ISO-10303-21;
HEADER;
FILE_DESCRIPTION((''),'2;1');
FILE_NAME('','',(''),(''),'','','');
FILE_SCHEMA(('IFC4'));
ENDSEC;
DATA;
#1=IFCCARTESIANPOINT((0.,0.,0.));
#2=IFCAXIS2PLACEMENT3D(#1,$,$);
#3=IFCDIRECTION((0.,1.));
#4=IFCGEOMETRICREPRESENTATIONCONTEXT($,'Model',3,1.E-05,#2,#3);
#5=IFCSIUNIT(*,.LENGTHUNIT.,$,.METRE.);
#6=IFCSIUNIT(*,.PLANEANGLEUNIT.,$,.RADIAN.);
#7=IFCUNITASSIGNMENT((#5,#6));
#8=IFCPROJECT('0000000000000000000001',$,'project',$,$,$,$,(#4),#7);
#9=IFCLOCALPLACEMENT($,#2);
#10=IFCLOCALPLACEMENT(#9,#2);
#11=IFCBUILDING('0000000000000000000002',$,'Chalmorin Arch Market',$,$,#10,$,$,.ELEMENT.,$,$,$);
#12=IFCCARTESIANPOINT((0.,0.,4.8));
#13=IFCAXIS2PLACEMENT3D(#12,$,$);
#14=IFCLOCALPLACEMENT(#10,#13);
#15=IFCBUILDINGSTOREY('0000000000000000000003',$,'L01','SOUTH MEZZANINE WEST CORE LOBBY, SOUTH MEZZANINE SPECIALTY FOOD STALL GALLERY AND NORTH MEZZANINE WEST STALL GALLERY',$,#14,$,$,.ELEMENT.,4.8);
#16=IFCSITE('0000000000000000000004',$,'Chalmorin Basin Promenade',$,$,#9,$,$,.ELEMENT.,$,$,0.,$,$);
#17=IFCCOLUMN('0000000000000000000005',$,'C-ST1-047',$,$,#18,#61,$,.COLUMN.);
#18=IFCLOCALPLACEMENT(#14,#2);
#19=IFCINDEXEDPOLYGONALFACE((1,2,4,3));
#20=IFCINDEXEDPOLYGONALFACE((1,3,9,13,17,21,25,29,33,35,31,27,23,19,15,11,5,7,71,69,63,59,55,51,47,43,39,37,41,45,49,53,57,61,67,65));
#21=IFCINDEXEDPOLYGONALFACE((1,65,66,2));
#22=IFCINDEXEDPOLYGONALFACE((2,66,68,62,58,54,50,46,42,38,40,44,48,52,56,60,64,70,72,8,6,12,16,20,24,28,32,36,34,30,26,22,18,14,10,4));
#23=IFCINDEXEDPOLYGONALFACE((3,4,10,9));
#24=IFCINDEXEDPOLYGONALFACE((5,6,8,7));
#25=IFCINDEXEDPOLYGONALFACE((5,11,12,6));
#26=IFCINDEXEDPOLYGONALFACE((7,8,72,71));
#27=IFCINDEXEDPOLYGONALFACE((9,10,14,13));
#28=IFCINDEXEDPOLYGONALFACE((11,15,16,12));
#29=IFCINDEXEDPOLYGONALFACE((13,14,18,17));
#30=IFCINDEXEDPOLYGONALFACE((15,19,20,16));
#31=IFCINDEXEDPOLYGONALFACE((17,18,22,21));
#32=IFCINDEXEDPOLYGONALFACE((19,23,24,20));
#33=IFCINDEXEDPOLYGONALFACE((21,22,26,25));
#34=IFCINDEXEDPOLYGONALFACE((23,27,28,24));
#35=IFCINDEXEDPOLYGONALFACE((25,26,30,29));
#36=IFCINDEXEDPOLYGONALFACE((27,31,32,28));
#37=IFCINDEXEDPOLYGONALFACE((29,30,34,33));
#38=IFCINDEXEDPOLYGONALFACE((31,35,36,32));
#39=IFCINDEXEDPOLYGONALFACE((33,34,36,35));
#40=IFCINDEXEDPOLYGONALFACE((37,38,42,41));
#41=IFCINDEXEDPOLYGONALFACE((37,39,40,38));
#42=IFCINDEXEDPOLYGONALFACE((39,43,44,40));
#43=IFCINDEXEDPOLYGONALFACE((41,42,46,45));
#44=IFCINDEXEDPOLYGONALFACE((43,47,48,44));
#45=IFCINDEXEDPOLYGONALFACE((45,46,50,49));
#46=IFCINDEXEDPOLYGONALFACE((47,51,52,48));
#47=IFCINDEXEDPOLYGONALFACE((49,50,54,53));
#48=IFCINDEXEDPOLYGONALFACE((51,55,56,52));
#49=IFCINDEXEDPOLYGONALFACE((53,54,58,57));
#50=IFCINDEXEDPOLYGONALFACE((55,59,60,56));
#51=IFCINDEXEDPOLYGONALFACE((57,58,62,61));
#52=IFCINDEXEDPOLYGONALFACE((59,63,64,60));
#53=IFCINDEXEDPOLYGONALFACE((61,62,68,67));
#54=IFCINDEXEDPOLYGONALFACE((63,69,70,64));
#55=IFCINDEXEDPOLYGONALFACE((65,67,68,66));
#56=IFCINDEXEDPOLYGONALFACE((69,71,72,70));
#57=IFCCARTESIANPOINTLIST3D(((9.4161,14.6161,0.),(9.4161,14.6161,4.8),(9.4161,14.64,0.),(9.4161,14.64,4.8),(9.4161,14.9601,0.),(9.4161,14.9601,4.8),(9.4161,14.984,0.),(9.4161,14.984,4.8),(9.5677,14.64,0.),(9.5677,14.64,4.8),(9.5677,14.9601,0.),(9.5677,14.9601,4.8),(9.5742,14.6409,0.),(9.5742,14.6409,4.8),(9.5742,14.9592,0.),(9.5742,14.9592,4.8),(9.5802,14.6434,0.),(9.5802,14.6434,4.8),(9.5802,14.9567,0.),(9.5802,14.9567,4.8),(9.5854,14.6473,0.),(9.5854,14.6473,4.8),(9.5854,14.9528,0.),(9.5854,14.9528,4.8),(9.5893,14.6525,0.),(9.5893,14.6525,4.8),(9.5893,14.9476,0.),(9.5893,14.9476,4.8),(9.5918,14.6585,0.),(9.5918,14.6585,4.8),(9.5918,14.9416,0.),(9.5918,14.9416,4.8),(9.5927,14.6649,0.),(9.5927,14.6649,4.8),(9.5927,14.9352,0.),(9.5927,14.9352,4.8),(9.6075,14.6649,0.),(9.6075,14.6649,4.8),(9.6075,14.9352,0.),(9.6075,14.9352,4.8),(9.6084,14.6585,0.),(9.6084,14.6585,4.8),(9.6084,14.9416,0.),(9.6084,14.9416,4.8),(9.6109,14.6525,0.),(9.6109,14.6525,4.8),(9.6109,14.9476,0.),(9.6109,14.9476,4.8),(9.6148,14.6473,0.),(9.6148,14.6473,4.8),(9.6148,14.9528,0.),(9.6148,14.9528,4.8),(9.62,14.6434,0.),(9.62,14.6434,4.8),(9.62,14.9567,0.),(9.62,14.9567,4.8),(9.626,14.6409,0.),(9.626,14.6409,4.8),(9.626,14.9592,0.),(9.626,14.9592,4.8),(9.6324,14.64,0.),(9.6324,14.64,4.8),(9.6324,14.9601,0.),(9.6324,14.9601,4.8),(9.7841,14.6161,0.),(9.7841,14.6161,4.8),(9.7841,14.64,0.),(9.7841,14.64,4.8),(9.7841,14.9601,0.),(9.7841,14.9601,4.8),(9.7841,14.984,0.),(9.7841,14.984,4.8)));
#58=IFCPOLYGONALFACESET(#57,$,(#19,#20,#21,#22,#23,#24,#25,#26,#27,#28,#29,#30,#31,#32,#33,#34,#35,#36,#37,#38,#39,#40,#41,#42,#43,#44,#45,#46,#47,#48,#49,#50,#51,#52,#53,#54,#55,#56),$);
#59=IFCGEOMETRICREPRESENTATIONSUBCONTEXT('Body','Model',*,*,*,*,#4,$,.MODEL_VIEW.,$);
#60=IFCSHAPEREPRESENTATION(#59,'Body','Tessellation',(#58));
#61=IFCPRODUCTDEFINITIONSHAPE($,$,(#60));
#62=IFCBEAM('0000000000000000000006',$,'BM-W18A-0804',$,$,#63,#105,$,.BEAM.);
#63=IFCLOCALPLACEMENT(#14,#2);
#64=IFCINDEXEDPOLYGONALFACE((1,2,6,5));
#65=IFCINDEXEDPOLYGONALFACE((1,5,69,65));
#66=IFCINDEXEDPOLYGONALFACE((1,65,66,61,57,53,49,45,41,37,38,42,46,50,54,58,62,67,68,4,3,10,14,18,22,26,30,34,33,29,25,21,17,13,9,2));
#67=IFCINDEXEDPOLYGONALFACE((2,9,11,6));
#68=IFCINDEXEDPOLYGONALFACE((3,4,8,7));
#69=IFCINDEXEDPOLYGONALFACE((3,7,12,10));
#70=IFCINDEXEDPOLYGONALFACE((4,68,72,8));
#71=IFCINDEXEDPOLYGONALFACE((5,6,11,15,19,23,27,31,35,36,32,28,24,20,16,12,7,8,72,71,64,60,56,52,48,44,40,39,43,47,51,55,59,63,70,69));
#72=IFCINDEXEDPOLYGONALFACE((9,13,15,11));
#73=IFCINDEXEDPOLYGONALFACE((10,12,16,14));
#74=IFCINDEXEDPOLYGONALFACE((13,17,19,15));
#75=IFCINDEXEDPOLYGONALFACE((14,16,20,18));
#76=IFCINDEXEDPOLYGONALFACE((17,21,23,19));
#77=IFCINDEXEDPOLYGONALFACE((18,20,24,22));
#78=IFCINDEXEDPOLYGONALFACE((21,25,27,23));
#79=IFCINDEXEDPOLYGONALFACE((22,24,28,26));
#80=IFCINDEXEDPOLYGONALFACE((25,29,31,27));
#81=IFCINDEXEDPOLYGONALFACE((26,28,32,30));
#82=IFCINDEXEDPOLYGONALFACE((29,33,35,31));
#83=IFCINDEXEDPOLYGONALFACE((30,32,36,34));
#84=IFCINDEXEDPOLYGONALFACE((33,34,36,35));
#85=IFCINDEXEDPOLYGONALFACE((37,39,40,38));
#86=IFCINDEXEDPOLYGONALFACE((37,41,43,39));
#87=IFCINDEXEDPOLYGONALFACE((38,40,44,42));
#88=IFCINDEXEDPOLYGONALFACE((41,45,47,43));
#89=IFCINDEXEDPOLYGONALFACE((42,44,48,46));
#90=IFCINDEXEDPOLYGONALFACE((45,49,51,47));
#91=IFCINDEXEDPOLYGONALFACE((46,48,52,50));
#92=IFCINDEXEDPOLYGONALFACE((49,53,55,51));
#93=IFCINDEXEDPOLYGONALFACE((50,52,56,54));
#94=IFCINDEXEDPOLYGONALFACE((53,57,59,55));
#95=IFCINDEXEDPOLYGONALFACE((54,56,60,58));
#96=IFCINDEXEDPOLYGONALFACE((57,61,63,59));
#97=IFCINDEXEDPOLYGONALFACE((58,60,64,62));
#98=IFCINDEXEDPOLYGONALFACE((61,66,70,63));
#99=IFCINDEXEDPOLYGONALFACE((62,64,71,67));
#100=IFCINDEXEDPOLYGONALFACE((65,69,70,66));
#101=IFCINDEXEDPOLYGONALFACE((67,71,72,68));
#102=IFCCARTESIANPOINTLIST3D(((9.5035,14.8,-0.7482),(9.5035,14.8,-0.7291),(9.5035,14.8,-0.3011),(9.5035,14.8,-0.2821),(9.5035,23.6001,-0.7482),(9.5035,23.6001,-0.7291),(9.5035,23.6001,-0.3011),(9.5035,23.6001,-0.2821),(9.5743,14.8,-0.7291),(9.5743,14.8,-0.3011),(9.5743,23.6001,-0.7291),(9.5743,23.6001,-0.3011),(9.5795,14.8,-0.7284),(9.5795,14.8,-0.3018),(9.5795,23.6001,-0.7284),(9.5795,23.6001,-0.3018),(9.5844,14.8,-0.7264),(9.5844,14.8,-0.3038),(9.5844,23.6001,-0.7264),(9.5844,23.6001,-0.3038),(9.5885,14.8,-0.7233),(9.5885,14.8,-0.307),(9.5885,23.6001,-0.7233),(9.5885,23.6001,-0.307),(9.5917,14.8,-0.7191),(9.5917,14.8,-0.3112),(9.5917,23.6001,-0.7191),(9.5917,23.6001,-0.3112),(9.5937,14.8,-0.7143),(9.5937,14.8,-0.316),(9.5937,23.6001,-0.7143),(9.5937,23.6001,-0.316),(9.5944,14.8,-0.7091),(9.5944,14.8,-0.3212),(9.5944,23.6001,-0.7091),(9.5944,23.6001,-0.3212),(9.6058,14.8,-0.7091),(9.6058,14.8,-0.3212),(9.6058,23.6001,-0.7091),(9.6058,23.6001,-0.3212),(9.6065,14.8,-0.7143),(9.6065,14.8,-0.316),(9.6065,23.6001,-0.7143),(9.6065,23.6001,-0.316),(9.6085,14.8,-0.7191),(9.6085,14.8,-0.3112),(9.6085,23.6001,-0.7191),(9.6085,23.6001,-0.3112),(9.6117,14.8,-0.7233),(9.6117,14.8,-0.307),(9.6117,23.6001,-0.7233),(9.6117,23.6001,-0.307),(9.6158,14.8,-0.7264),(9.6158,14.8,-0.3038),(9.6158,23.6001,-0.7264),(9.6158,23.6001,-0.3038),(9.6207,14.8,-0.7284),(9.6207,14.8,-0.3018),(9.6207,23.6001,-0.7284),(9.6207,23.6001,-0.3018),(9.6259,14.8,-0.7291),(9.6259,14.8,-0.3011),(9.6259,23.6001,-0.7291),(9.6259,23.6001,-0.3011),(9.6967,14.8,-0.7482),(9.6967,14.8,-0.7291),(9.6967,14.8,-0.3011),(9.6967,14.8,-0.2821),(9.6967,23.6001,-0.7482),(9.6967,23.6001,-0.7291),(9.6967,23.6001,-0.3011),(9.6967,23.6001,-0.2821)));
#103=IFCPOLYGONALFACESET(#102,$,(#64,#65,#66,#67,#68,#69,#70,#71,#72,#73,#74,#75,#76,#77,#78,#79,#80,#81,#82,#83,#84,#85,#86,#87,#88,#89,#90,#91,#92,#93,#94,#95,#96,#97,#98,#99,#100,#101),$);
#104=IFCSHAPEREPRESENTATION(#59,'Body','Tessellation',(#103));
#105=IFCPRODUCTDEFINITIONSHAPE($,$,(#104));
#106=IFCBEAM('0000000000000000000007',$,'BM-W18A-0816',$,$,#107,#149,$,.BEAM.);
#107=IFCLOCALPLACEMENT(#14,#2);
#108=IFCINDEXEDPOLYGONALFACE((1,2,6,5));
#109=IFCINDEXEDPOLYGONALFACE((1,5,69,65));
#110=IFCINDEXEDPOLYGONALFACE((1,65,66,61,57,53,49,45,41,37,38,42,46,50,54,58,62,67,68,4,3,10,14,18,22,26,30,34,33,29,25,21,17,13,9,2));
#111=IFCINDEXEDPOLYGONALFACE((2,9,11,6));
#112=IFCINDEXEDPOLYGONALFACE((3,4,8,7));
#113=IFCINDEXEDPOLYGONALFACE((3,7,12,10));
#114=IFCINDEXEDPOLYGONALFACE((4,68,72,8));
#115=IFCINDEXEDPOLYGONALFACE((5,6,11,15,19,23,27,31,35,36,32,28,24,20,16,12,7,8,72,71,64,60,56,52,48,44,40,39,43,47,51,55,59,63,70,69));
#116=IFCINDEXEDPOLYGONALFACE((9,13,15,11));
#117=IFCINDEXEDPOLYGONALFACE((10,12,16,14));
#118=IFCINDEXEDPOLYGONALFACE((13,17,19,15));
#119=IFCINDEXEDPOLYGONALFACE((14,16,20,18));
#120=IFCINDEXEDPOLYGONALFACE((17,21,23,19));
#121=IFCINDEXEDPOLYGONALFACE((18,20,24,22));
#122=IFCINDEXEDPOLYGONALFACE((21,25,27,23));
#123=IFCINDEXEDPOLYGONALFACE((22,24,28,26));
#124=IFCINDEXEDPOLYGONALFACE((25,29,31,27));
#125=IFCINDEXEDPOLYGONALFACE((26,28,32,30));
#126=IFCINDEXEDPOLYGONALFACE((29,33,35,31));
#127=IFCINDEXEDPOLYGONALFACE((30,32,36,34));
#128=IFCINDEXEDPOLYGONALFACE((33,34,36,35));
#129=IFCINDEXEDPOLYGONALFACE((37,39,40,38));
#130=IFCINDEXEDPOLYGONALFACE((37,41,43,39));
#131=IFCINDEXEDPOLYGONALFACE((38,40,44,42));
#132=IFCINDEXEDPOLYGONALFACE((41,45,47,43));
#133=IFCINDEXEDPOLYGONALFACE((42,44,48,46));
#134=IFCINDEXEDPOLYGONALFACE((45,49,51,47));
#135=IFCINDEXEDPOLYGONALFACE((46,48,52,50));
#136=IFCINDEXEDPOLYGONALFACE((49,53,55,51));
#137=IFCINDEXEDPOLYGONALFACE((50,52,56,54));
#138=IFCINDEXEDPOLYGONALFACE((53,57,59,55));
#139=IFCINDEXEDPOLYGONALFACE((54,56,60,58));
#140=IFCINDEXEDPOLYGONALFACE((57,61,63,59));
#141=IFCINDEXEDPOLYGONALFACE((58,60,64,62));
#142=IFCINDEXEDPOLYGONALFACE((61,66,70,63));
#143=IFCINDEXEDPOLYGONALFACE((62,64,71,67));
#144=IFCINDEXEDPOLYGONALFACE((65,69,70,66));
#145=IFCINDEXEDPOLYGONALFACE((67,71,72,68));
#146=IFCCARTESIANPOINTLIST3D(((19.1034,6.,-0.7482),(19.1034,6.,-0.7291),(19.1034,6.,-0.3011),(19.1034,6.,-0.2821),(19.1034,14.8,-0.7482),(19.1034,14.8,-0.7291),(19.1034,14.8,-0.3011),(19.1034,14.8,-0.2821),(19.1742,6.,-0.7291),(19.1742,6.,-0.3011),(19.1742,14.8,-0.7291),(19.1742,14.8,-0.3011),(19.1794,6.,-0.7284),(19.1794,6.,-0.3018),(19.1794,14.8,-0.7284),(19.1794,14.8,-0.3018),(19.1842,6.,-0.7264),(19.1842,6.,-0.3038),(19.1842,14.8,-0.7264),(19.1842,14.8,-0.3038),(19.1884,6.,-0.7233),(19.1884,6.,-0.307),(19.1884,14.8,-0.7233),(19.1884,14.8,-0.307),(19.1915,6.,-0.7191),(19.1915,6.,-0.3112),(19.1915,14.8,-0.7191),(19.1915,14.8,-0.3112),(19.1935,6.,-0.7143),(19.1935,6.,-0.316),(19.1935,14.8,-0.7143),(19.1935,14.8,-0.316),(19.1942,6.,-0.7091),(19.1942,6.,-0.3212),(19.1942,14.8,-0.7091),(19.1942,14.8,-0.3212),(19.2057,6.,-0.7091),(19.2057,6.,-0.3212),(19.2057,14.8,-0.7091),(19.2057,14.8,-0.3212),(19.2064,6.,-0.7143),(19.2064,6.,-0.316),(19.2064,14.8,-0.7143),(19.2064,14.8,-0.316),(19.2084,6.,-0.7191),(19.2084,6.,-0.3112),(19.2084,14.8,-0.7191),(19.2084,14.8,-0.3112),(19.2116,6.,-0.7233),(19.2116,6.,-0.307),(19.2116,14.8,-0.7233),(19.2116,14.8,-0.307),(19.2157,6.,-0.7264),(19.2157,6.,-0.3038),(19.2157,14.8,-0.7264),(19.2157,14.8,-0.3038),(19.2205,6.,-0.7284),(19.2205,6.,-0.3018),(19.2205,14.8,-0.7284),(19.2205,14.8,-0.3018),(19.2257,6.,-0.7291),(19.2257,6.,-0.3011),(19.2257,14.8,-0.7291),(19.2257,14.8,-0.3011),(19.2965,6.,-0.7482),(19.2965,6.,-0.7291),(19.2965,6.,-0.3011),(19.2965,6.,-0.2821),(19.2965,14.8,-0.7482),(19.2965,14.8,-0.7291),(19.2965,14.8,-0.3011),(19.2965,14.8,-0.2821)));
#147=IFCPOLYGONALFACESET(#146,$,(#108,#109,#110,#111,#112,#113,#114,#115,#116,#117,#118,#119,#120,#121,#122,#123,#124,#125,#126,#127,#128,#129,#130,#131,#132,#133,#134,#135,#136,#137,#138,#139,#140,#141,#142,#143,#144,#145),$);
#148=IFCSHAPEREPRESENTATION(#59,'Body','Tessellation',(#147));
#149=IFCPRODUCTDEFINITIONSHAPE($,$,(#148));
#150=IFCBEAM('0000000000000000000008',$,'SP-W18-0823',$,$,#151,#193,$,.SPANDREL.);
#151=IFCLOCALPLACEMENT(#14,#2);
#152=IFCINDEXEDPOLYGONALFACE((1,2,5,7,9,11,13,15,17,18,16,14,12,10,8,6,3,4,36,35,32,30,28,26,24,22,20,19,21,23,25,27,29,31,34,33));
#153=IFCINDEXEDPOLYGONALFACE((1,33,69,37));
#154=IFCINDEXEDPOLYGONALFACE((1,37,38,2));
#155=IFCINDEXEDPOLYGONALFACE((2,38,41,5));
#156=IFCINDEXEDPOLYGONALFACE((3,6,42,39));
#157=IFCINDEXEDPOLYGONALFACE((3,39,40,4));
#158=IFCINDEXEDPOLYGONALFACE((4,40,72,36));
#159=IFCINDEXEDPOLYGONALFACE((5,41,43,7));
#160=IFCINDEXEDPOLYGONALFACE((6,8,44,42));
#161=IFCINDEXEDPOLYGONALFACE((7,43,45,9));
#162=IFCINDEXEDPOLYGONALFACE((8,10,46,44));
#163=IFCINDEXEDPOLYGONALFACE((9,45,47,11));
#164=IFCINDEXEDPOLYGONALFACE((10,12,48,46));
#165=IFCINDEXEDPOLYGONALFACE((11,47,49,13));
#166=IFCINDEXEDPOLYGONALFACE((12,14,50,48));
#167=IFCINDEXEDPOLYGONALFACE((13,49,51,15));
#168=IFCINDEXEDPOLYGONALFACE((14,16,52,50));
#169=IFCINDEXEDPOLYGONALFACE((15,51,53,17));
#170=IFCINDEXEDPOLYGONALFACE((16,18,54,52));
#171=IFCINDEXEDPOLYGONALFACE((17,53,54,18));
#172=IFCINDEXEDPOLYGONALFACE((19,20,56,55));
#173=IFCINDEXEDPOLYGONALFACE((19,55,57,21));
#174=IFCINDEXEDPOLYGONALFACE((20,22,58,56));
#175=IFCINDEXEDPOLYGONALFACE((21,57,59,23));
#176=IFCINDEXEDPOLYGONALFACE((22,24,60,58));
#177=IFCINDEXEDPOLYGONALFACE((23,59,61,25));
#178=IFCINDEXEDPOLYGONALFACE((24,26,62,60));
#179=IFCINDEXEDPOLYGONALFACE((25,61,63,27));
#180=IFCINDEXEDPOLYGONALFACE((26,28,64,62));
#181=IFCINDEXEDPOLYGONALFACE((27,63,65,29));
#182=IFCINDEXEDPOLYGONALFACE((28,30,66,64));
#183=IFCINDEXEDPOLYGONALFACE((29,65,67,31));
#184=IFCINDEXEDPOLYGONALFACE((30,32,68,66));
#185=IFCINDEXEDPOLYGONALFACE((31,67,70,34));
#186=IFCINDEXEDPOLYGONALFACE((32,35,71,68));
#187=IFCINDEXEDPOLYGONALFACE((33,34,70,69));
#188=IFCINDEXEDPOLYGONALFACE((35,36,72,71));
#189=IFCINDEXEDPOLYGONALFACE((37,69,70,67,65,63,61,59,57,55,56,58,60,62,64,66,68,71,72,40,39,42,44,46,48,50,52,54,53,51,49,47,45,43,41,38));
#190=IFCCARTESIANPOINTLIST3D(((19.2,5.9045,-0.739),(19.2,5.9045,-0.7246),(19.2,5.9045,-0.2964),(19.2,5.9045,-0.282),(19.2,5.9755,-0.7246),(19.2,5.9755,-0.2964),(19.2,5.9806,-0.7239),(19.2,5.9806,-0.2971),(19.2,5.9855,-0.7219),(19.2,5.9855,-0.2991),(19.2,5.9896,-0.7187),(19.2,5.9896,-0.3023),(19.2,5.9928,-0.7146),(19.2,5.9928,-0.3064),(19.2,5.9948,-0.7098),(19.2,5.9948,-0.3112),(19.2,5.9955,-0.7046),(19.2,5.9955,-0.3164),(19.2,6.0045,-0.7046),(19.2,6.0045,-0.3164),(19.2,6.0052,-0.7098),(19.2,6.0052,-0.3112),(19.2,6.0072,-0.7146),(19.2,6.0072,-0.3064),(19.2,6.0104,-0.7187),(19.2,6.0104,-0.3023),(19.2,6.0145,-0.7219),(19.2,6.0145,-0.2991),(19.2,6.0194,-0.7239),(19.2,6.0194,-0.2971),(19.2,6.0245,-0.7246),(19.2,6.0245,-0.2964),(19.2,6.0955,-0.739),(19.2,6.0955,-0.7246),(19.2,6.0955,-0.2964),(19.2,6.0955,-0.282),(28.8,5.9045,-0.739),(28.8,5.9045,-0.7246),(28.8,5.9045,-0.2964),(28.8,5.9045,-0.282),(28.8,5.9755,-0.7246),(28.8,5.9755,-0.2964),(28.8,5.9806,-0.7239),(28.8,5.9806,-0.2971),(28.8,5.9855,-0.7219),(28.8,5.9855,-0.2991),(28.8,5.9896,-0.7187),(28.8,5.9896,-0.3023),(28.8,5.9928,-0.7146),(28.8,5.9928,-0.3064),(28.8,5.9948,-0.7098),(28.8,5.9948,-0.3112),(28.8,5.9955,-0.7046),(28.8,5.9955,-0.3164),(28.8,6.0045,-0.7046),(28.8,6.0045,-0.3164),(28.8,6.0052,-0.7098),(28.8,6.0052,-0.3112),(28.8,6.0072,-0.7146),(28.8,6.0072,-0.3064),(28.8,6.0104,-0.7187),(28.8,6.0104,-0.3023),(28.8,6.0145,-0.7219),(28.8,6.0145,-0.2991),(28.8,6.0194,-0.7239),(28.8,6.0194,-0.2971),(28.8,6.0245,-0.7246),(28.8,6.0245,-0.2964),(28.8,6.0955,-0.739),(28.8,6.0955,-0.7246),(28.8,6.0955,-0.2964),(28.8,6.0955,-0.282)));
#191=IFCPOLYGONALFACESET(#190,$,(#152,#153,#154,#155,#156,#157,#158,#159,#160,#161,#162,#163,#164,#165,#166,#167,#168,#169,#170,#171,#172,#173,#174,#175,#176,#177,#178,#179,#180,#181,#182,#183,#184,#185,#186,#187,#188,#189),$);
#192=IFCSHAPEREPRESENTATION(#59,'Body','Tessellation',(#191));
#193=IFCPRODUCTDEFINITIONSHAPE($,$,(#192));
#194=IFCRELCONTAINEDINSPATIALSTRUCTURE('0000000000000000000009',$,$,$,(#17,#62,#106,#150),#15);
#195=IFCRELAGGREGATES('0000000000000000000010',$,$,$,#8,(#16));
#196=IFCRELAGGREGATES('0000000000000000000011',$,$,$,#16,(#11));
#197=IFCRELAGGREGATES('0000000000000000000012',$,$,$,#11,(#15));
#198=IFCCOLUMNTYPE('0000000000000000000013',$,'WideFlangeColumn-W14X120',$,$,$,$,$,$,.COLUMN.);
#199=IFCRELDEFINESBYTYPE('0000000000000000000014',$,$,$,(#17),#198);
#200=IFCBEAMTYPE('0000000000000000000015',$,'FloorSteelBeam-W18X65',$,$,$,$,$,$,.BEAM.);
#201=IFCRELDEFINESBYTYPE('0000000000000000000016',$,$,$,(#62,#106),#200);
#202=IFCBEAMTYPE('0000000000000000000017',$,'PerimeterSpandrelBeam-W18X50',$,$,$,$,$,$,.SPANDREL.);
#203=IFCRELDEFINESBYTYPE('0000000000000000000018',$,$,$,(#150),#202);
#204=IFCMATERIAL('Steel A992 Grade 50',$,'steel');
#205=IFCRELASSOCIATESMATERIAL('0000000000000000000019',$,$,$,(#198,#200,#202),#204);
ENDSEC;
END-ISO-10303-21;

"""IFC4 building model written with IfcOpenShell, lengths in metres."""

from ifc_helpers import new_model, si_unit, direction, frame, origin, origin_2d, place, context, subcontext, project, spatial, i_section, extrude, material, material_profile, profile_set, type_object, element, save


model = new_model("IFC4")

# Units and contexts
model_context = context("Model", 3, precision=1e-05, world=origin(), true_north=direction((0.0, 1.0)))
body_context = subcontext(model_context, "Body", "Model", "MODEL_VIEW")
ifc_project = project(units=[si_unit("LENGTHUNIT", "METRE"), si_unit("PLANEANGLEUNIT", "RADIAN")], contexts=[model_context])

# Site, building, storey
site_placement = place(None, origin())
site = spatial("IfcSite", under=ifc_project, at=site_placement, Name="Chalmorin Basin Promenade", CompositionType="ELEMENT", RefElevation=0.0)
building_placement = place(site_placement, origin())
building = spatial("IfcBuilding", under=site, at=building_placement, Name="Chalmorin Arch Market", CompositionType="ELEMENT")
storey_placement = place(building_placement, frame((0.0, 0.0, 4.8)))
storey = spatial("IfcBuildingStorey", under=building, at=storey_placement, Name="L01", Description="SOUTH MEZZANINE WEST CORE LOBBY, SOUTH MEZZANINE SPECIALTY FOOD STALL GALLERY AND NORTH MEZZANINE WEST STALL GALLERY", CompositionType="ELEMENT", Elevation=4.8)

# Column
ifc_material_1 = material(Name="Steel A992 Grade 50", Category="steel")
ifc_material_profile_1 = material_profile(ifc_material_1, i_section(OverallWidth=0.3679, OverallDepth=0.3679, WebThickness=0.0149, FlangeThickness=0.0239, FilletRadius=0.0249, at=origin_2d()), Name="W14X120")
ifc_profile_set_1 = profile_set([ifc_material_profile_1], Name="Steel A992 Grade 50")
column_type = type_object("IfcColumnType", Name="WideFlangeColumn-W14X120", PredefinedType="COLUMN", material=ifc_profile_set_1)
column_placement = place(storey_placement, frame((9.6001, 14.8, 0.0), z_axis=(0.0, 0.0, 1.0), x_axis=(1.0, 0.0, 0.0)))
element("IfcColumn", 1, at=column_placement, inside=storey, type_object=column_type, Name="C-ST1-047", PredefinedType="COLUMN", context=body_context, shape_type="SweptSolid", body=[
    extrude(i_section(OverallWidth=0.3679, OverallDepth=0.3679, WebThickness=0.0149, FlangeThickness=0.0239, FilletRadius=0.0249, at=origin_2d()), origin(), (0.0, 0.0, 1.0), 4.8),
])

# Beams
ifc_material_profile_2 = material_profile(ifc_material_1, i_section(OverallWidth=0.1931, OverallDepth=0.4661, WebThickness=0.0115, FlangeThickness=0.019, FilletRadius=0.02, at=origin_2d()), Name="W18X65")
ifc_profile_set_2 = profile_set([ifc_material_profile_2], Name="Steel A992 Grade 50")
beam_type_1 = type_object("IfcBeamType", Name="FloorSteelBeam-W18X65", PredefinedType="BEAM", material=ifc_profile_set_2)
for number, where, z_axis, x_axis, name in (
    (2, (9.6001, 14.8, -0.5151), (0.0, 1.0, 0.0), (-1.0, 0.0, 0.0), "BM-W18A-0804"),
    (3, (19.2, 6.0, -0.5151), (0.0, 1.0, 0.0), (-1.0, 0.0, 0.0), "BM-W18A-0816"),
):
    element("IfcBeam", number, at=place(storey_placement, frame(where, z_axis=z_axis, x_axis=x_axis)), inside=storey, type_object=beam_type_1, Name=name, PredefinedType="BEAM", context=body_context, shape_type="SweptSolid", body=[
        extrude(i_section(OverallWidth=0.1931, OverallDepth=0.4661, WebThickness=0.0115, FlangeThickness=0.019, FilletRadius=0.02, at=origin_2d()), origin(), (0.0, 0.0, 1.0), 8.8),
    ])
ifc_material_profile_3 = material_profile(ifc_material_1, i_section(OverallWidth=0.1909, OverallDepth=0.457, WebThickness=0.009, FlangeThickness=0.0144, FilletRadius=0.02, at=origin_2d()), Name="W18X50")
ifc_profile_set_3 = profile_set([ifc_material_profile_3], Name="Steel A992 Grade 50")
beam_type_2 = type_object("IfcBeamType", Name="PerimeterSpandrelBeam-W18X50", PredefinedType="SPANDREL", material=ifc_profile_set_3)
beam_1_placement = place(storey_placement, frame((19.2, 6.0, -0.5105), z_axis=(1.0, 0.0, 0.0), x_axis=(0.0, 1.0, 0.0)))
element("IfcBeam", 4, at=beam_1_placement, inside=storey, type_object=beam_type_2, Name="SP-W18-0823", PredefinedType="SPANDREL", context=body_context, shape_type="SweptSolid", body=[
    extrude(i_section(OverallWidth=0.1909, OverallDepth=0.457, WebThickness=0.009, FlangeThickness=0.0144, FilletRadius=0.02, at=origin_2d()), origin(), (0.0, 0.0, 1.0), 9.6001),
])

save(model, "model.ifc")
